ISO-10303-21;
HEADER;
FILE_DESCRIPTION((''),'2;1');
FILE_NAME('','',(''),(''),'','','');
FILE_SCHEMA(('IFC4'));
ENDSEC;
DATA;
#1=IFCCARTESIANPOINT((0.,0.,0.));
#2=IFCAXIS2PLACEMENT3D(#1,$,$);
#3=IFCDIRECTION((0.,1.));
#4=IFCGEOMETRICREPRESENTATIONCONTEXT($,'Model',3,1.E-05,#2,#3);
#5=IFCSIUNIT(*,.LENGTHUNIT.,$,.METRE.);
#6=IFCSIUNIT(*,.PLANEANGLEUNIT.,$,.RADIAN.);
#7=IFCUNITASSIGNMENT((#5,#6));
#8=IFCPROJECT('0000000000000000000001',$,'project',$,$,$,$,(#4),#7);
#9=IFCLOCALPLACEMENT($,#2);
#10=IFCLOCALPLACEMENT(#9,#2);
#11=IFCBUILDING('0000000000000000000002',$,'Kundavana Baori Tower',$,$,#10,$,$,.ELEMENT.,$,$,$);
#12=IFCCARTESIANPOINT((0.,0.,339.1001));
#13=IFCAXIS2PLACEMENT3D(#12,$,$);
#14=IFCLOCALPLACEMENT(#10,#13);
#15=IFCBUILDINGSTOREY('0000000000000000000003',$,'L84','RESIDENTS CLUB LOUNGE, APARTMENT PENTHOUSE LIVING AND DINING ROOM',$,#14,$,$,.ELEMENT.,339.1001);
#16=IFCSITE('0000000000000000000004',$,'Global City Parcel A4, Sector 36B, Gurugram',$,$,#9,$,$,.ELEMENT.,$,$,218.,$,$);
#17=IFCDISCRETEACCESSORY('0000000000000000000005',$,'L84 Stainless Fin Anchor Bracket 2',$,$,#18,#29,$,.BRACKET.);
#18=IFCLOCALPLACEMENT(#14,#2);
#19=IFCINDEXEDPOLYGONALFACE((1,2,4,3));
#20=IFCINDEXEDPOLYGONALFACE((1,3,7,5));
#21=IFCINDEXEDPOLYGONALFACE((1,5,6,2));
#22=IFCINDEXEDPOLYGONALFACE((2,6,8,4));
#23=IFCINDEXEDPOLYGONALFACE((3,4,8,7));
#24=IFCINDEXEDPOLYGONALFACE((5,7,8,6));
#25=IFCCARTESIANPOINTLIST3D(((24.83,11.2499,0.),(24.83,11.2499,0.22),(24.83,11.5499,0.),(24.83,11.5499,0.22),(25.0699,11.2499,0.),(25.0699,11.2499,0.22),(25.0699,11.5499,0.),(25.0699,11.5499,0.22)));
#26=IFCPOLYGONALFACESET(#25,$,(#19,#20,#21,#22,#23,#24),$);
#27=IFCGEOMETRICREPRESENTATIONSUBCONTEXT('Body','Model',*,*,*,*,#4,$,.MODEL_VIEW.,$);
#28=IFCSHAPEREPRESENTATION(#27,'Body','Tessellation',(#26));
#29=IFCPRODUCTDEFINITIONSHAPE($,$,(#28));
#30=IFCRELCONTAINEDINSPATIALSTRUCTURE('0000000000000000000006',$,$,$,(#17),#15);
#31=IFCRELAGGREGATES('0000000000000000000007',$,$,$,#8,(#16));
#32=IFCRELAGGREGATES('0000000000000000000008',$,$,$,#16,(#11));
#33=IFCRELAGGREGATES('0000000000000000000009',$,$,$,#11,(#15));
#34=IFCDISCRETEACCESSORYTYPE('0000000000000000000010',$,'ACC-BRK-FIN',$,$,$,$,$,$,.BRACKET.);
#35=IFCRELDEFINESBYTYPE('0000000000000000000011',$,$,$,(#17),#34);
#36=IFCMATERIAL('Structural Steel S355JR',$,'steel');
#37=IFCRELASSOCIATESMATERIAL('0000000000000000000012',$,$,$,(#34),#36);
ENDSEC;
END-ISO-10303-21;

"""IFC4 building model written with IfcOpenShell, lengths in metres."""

from ifc_helpers import new_model, si_unit, direction, frame, origin, origin_2d, place, context, subcontext, project, spatial, rectangle, extrude, material, type_object, element, save


model = new_model("IFC4")

# Units and contexts
model_context = context("Model", 3, precision=1e-05, world=origin(), true_north=direction((0.0, 1.0)))
body_context = subcontext(model_context, "Body", "Model", "MODEL_VIEW")
ifc_project = project(units=[si_unit("LENGTHUNIT", "METRE"), si_unit("PLANEANGLEUNIT", "RADIAN")], contexts=[model_context])

# Site, building, storey
site_placement = place(None, origin())
site = spatial("IfcSite", under=ifc_project, at=site_placement, Name="Global City Parcel A4, Sector 36B, Gurugram", CompositionType="ELEMENT", RefElevation=218.0)
building_placement = place(site_placement, origin())
building = spatial("IfcBuilding", under=site, at=building_placement, Name="Kundavana Baori Tower", CompositionType="ELEMENT")
storey_placement = place(building_placement, frame((0.0, 0.0, 339.1001)))
storey = spatial("IfcBuildingStorey", under=building, at=storey_placement, Name="L84", Description="RESIDENTS CLUB LOUNGE, APARTMENT PENTHOUSE LIVING AND DINING ROOM", CompositionType="ELEMENT", Elevation=339.1001)

# Discrete accessory
ifc_material_1 = material(Name="Structural Steel S355JR", Category="steel")
discrete_accessory_type = type_object("IfcDiscreteAccessoryType", Name="ACC-BRK-FIN", PredefinedType="BRACKET", material=ifc_material_1)
discrete_accessory_placement = place(storey_placement, frame((24.95, 11.3999, 0.0), z_axis=(0.0, 0.0, 1.0), x_axis=(1.0, 0.0, 0.0)))
element("IfcDiscreteAccessory", 1, at=discrete_accessory_placement, inside=storey, type_object=discrete_accessory_type, Name="L84 Stainless Fin Anchor Bracket 2", PredefinedType="BRACKET", context=body_context, shape_type="SweptSolid", body=[
    extrude(rectangle(XDim=0.24, YDim=0.3, at=origin_2d()), origin(), (0.0, 0.0, 1.0), 0.22),
])

save(model, "model.ifc")
